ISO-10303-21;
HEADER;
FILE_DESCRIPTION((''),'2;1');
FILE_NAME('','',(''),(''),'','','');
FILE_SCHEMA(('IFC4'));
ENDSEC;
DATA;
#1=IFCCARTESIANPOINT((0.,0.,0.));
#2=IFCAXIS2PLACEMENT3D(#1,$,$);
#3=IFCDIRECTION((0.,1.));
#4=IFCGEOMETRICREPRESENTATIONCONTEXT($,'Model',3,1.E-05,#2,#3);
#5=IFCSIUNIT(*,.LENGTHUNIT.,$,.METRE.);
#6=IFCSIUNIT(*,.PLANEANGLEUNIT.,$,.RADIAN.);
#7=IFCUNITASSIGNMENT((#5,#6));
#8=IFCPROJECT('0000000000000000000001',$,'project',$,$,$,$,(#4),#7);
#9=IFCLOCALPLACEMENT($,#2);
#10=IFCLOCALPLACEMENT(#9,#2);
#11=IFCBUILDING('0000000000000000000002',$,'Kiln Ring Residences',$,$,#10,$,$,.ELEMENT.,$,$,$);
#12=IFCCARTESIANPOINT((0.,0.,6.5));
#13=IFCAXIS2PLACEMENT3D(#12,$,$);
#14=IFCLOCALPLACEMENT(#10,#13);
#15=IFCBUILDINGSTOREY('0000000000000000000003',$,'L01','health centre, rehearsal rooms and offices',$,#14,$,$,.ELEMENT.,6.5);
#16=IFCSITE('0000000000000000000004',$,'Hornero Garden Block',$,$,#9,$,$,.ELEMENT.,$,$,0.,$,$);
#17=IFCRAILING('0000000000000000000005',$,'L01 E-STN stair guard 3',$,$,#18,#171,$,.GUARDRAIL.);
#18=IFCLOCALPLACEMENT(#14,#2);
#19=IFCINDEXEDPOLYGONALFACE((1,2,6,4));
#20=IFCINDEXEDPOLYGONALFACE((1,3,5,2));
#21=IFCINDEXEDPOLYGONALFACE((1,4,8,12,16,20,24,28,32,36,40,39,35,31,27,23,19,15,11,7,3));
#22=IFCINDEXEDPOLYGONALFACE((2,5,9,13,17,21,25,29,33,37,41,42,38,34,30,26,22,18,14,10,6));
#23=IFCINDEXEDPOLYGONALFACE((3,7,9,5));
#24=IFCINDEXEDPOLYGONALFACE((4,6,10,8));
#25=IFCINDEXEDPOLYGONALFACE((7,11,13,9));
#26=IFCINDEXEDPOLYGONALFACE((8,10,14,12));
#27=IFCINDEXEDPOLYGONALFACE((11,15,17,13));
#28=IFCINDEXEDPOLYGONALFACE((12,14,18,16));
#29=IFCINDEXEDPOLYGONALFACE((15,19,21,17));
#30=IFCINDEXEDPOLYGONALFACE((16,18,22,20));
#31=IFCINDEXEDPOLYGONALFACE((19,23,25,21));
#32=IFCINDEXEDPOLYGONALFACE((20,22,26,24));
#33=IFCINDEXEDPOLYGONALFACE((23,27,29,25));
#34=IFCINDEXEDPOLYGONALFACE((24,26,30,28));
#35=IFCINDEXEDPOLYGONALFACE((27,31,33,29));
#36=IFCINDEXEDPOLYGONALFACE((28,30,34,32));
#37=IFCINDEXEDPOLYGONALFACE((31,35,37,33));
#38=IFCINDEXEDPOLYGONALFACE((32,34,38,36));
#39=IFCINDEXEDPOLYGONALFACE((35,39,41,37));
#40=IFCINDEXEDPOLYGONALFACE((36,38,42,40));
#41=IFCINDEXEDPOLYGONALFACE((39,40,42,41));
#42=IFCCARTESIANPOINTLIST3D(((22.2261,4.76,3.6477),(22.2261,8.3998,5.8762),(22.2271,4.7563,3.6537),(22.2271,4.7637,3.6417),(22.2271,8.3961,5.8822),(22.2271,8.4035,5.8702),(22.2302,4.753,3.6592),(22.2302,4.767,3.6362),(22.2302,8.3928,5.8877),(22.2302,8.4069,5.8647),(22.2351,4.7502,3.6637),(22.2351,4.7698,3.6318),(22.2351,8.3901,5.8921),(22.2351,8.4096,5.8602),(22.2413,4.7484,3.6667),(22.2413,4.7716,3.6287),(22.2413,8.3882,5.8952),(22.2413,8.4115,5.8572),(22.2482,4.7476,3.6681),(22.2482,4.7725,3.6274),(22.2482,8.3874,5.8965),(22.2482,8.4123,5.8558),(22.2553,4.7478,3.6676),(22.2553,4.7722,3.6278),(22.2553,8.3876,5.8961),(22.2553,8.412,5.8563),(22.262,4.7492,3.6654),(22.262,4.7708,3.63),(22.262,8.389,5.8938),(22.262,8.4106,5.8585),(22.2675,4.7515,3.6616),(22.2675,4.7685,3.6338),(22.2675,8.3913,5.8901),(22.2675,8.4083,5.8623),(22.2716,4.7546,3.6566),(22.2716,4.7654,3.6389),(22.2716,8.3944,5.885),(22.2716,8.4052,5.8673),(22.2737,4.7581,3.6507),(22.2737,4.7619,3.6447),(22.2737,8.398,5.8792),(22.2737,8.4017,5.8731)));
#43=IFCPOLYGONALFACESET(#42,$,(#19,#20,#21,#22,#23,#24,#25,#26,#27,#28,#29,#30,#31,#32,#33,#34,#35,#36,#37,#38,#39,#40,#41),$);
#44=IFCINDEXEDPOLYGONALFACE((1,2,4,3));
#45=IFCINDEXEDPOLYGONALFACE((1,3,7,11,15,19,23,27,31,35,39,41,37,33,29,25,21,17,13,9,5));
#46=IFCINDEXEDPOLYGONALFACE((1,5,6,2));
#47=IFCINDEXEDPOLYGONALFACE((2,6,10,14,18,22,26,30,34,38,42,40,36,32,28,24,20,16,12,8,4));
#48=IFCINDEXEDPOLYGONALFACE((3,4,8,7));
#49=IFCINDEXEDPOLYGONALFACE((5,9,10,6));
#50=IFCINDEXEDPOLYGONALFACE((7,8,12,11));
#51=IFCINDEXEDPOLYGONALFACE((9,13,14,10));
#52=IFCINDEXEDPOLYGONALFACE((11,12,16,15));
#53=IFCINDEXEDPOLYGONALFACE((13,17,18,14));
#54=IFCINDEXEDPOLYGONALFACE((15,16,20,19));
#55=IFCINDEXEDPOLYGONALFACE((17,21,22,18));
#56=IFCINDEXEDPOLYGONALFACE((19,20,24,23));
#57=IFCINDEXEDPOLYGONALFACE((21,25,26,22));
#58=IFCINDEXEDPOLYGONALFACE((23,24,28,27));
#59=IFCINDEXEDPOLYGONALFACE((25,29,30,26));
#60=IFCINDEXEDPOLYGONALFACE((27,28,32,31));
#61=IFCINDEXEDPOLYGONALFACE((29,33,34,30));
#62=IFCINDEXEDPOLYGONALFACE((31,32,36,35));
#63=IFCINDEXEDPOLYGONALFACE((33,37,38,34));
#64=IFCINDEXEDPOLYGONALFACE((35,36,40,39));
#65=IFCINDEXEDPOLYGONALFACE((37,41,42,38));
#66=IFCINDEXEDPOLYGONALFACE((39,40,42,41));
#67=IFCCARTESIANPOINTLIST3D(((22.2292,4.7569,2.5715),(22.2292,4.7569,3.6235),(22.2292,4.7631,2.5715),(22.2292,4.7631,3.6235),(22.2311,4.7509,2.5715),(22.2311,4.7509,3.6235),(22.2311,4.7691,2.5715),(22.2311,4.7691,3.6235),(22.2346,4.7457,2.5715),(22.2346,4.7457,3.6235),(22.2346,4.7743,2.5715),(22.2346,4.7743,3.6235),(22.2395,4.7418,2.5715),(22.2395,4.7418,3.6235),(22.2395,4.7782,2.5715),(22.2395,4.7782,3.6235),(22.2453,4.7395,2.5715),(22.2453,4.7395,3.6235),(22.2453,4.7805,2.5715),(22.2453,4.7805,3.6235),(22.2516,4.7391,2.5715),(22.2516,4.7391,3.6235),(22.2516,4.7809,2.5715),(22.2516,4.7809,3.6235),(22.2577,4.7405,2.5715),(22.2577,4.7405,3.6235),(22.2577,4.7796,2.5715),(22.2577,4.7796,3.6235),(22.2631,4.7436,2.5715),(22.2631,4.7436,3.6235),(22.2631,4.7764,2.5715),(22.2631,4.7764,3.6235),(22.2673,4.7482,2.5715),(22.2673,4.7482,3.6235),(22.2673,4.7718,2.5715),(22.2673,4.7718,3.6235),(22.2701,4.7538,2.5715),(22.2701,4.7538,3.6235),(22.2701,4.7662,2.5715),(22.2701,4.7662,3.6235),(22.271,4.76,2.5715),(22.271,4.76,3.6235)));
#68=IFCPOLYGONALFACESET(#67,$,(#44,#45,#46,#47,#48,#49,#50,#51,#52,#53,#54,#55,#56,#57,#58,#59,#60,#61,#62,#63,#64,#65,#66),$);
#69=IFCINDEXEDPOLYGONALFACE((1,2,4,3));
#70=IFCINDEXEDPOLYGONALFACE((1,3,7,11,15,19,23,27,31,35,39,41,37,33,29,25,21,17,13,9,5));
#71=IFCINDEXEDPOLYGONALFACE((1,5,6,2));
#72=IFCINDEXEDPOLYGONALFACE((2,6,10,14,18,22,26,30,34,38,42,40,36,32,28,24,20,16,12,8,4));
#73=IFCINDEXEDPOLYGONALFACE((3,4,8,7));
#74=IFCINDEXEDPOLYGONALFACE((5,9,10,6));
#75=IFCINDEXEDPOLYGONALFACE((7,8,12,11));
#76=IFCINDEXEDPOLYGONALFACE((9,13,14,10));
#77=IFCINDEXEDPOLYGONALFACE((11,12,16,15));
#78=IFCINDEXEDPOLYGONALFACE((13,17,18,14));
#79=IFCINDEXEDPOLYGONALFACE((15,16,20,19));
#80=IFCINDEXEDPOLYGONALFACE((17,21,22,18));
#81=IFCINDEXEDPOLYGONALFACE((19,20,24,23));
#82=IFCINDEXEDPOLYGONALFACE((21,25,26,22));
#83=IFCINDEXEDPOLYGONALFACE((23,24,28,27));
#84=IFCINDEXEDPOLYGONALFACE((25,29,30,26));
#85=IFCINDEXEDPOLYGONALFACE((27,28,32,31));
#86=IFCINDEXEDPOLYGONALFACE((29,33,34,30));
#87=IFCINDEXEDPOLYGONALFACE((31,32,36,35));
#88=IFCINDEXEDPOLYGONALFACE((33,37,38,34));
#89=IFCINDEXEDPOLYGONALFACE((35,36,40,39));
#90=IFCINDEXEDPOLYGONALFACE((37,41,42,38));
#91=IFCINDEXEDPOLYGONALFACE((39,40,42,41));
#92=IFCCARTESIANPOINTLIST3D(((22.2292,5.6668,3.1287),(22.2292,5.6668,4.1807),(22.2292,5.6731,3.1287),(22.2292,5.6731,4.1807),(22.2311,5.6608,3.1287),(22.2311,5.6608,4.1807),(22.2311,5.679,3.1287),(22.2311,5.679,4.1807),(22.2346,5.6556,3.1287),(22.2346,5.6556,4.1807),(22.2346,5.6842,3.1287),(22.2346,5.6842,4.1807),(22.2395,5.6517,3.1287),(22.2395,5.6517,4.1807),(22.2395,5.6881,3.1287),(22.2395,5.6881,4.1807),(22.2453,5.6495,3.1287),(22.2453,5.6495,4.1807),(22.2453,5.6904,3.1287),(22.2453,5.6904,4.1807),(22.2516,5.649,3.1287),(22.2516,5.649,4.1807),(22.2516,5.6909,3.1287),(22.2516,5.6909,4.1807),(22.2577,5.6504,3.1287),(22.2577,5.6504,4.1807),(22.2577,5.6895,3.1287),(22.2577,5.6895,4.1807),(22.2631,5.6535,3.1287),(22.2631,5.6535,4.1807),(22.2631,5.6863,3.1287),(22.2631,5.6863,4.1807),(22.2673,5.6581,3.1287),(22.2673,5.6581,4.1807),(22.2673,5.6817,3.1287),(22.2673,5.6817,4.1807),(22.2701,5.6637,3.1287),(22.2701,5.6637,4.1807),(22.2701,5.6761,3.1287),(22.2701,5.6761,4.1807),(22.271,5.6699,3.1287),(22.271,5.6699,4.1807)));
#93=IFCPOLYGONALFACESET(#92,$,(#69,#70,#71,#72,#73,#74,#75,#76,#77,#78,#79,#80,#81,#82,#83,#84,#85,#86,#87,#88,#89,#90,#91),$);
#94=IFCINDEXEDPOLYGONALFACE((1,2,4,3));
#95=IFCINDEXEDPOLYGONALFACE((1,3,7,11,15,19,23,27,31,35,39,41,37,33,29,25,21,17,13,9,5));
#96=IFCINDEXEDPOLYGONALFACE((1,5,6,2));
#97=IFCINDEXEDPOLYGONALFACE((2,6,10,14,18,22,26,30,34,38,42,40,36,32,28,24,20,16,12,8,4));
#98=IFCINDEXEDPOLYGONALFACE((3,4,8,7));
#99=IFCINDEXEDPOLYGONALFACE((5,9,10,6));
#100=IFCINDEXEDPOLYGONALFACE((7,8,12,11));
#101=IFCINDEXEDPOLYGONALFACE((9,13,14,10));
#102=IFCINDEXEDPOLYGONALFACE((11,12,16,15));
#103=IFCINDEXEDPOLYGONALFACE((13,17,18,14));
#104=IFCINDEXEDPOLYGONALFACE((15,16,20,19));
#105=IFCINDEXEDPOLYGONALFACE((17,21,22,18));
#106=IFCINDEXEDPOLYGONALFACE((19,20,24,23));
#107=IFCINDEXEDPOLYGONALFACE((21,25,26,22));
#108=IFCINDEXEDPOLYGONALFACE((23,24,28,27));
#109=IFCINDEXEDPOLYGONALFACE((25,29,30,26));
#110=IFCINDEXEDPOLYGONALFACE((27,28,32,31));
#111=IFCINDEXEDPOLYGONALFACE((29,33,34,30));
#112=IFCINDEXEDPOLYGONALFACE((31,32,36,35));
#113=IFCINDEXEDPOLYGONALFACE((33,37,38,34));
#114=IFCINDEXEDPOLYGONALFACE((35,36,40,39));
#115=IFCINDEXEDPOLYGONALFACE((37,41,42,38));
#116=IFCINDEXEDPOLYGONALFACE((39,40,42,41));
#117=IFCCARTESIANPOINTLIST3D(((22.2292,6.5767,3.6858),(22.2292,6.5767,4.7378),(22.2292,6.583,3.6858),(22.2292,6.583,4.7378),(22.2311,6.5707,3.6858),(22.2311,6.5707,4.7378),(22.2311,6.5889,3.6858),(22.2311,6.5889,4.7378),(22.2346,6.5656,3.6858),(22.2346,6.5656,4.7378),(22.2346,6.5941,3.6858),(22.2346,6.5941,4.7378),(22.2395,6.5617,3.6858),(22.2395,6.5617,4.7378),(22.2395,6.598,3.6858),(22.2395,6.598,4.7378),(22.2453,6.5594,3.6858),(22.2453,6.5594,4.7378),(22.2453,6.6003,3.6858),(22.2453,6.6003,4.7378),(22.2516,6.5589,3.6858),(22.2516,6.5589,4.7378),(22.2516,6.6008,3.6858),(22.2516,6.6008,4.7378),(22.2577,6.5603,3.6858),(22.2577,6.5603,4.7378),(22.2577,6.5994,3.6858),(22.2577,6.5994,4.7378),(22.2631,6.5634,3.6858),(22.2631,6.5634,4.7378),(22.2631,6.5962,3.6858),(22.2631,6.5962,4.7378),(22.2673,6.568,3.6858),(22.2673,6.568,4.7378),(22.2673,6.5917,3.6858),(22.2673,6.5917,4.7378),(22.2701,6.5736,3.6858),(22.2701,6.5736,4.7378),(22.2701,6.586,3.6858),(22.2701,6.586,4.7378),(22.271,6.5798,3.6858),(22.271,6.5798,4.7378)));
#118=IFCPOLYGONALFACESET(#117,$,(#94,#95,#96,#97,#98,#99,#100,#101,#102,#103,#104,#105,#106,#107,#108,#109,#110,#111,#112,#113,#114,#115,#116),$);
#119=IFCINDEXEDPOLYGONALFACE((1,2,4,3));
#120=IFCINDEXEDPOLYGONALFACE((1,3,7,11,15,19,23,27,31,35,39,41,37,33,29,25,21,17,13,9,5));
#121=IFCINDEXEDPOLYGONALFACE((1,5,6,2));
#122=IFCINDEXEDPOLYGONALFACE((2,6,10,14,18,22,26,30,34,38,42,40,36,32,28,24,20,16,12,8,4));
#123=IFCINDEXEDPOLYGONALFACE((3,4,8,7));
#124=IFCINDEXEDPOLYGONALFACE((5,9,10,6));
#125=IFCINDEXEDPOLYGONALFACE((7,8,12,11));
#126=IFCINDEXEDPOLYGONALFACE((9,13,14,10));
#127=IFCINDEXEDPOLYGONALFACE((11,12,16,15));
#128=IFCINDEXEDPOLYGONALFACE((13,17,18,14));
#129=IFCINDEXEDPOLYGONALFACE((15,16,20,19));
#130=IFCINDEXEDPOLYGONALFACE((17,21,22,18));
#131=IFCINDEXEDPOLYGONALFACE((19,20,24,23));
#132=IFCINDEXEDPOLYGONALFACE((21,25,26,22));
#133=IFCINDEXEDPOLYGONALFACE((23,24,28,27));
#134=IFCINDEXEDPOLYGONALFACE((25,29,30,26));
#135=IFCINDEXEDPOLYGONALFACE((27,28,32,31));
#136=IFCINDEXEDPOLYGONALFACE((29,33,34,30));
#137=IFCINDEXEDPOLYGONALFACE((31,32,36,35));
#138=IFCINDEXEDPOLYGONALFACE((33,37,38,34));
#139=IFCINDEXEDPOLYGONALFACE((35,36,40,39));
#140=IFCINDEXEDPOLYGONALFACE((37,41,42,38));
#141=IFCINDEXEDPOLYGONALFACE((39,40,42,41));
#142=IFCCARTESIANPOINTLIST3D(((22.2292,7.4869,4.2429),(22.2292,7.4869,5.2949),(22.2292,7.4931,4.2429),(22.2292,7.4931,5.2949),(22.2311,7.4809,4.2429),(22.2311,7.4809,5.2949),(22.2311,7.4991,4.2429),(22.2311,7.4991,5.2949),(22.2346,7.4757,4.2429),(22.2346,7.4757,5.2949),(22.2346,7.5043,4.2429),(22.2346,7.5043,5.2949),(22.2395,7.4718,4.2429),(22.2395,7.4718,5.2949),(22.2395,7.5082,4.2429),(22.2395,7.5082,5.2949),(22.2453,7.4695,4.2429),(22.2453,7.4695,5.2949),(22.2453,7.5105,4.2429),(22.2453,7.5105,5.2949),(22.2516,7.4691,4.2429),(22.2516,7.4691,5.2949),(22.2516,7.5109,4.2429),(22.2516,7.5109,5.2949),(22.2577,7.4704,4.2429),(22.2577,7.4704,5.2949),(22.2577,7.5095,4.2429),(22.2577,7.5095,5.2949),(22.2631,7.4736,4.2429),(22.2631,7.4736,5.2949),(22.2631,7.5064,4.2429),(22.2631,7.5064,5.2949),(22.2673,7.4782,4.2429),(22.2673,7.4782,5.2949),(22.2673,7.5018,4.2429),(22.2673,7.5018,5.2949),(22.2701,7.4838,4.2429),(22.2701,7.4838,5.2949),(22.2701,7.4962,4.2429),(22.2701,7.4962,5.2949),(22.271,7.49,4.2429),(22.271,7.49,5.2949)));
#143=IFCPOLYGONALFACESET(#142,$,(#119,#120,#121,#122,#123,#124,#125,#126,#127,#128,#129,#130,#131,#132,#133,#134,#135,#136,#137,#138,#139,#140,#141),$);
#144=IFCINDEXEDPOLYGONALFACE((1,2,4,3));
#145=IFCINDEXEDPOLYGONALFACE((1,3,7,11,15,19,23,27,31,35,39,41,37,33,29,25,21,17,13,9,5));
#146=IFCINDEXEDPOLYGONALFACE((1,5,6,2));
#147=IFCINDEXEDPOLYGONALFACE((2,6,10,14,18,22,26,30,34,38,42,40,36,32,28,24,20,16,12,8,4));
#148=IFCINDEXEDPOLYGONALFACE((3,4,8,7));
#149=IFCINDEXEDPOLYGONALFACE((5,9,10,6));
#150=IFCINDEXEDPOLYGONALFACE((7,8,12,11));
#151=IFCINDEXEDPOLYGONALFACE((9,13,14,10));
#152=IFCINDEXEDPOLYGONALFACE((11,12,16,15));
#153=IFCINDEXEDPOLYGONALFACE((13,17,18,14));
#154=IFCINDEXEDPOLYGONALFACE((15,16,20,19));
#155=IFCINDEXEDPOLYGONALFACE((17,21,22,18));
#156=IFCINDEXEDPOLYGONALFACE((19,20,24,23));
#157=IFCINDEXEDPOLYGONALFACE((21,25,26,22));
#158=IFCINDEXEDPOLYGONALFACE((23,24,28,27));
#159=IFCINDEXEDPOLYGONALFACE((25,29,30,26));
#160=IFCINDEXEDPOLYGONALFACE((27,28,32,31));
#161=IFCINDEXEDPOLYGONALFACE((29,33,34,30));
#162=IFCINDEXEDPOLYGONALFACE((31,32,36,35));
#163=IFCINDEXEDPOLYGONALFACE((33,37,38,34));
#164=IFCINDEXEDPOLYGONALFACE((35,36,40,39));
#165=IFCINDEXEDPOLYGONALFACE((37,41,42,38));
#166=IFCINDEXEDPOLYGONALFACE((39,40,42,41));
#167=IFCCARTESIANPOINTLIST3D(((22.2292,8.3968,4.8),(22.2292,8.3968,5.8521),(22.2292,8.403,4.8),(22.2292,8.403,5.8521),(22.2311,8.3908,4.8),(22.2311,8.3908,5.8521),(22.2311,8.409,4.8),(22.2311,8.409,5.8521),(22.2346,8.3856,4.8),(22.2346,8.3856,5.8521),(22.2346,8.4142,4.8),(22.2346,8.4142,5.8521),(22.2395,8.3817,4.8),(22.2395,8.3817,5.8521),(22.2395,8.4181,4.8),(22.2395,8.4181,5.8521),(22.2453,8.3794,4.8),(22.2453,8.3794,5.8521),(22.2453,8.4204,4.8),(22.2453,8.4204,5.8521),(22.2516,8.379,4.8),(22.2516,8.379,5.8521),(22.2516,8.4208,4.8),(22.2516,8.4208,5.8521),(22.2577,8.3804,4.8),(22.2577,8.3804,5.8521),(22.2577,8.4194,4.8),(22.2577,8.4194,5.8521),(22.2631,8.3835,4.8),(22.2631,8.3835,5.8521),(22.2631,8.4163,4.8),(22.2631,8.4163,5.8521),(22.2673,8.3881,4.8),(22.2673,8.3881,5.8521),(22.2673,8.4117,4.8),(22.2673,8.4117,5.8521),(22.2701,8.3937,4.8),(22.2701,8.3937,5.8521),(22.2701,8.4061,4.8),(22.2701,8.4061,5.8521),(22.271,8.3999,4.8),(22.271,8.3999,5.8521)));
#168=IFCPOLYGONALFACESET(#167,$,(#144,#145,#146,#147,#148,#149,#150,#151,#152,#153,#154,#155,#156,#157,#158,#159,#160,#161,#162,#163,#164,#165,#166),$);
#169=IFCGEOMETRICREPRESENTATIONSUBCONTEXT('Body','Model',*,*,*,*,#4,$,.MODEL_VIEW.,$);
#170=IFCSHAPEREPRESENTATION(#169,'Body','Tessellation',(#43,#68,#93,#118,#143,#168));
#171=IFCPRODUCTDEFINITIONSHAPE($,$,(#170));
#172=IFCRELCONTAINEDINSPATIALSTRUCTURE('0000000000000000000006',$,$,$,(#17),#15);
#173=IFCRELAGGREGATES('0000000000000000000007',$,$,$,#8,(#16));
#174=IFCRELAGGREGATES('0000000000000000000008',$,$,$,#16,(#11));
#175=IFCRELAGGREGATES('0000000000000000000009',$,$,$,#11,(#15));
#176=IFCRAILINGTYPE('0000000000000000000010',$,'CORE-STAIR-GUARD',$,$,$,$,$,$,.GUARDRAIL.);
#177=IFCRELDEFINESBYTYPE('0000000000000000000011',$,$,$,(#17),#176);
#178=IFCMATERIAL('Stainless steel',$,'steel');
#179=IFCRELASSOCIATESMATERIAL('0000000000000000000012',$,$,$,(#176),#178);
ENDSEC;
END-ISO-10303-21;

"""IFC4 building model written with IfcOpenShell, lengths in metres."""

from ifc_helpers import new_model, si_unit, direction, frame, origin, origin_2d, place, context, subcontext, project, spatial, circle, extrude, material, type_object, element, save


model = new_model("IFC4")

# Units and contexts
model_context = context("Model", 3, precision=1e-05, world=origin(), true_north=direction((0.0, 1.0)))
body_context = subcontext(model_context, "Body", "Model", "MODEL_VIEW")
ifc_project = project(units=[si_unit("LENGTHUNIT", "METRE"), si_unit("PLANEANGLEUNIT", "RADIAN")], contexts=[model_context])

# Site, building, storey
site_placement = place(None, origin())
site = spatial("IfcSite", under=ifc_project, at=site_placement, Name="Hornero Garden Block", CompositionType="ELEMENT", RefElevation=0.0)
building_placement = place(site_placement, origin())
building = spatial("IfcBuilding", under=site, at=building_placement, Name="Kiln Ring Residences", CompositionType="ELEMENT")
storey_placement = place(building_placement, frame((0.0, 0.0, 6.5)))
storey = spatial("IfcBuildingStorey", under=building, at=storey_placement, Name="L01", Description="health centre, rehearsal rooms and offices", CompositionType="ELEMENT", Elevation=6.5)

# Railing
ifc_material_1 = material(Name="Stainless steel", Category="steel")
railing_type_1 = type_object("IfcRailingType", Name="CORE-STAIR-GUARD", PredefinedType="GUARDRAIL", material=ifc_material_1)
railing_1_placement = place(storey_placement, frame((22.25, 4.76, 2.5715)))
element("IfcRailing", 1, at=railing_1_placement, inside=storey, type_object=railing_type_1, Name="L01 E-STN stair guard 3", PredefinedType="GUARDRAIL", context=body_context, shape_type="SweptSolid", body=[
    extrude(circle(Radius=0.0239, at=origin_2d()), frame((0.0, 0.0, 1.0762), z_axis=(0.0, 0.85285, 0.522156), x_axis=(-1.0, 0.0, 0.0)), (0.0, 0.0, 1.0), 4.2678),
    extrude(circle(Radius=0.021, at=origin_2d()), origin(), (0.0, 0.0, 1.0), 1.052),
    extrude(circle(Radius=0.021, at=origin_2d()), frame((0.0, 0.9099, 0.5571)), (0.0, 0.0, 1.0), 1.052),
    extrude(circle(Radius=0.021, at=origin_2d()), frame((0.0, 1.8198, 1.1143)), (0.0, 0.0, 1.0), 1.052),
    extrude(circle(Radius=0.021, at=origin_2d()), frame((0.0, 2.73, 1.6714)), (0.0, 0.0, 1.0), 1.052),
    extrude(circle(Radius=0.021, at=origin_2d()), frame((0.0, 3.6399, 2.2285)), (0.0, 0.0, 1.0), 1.052),
])

save(model, "model.ifc")
